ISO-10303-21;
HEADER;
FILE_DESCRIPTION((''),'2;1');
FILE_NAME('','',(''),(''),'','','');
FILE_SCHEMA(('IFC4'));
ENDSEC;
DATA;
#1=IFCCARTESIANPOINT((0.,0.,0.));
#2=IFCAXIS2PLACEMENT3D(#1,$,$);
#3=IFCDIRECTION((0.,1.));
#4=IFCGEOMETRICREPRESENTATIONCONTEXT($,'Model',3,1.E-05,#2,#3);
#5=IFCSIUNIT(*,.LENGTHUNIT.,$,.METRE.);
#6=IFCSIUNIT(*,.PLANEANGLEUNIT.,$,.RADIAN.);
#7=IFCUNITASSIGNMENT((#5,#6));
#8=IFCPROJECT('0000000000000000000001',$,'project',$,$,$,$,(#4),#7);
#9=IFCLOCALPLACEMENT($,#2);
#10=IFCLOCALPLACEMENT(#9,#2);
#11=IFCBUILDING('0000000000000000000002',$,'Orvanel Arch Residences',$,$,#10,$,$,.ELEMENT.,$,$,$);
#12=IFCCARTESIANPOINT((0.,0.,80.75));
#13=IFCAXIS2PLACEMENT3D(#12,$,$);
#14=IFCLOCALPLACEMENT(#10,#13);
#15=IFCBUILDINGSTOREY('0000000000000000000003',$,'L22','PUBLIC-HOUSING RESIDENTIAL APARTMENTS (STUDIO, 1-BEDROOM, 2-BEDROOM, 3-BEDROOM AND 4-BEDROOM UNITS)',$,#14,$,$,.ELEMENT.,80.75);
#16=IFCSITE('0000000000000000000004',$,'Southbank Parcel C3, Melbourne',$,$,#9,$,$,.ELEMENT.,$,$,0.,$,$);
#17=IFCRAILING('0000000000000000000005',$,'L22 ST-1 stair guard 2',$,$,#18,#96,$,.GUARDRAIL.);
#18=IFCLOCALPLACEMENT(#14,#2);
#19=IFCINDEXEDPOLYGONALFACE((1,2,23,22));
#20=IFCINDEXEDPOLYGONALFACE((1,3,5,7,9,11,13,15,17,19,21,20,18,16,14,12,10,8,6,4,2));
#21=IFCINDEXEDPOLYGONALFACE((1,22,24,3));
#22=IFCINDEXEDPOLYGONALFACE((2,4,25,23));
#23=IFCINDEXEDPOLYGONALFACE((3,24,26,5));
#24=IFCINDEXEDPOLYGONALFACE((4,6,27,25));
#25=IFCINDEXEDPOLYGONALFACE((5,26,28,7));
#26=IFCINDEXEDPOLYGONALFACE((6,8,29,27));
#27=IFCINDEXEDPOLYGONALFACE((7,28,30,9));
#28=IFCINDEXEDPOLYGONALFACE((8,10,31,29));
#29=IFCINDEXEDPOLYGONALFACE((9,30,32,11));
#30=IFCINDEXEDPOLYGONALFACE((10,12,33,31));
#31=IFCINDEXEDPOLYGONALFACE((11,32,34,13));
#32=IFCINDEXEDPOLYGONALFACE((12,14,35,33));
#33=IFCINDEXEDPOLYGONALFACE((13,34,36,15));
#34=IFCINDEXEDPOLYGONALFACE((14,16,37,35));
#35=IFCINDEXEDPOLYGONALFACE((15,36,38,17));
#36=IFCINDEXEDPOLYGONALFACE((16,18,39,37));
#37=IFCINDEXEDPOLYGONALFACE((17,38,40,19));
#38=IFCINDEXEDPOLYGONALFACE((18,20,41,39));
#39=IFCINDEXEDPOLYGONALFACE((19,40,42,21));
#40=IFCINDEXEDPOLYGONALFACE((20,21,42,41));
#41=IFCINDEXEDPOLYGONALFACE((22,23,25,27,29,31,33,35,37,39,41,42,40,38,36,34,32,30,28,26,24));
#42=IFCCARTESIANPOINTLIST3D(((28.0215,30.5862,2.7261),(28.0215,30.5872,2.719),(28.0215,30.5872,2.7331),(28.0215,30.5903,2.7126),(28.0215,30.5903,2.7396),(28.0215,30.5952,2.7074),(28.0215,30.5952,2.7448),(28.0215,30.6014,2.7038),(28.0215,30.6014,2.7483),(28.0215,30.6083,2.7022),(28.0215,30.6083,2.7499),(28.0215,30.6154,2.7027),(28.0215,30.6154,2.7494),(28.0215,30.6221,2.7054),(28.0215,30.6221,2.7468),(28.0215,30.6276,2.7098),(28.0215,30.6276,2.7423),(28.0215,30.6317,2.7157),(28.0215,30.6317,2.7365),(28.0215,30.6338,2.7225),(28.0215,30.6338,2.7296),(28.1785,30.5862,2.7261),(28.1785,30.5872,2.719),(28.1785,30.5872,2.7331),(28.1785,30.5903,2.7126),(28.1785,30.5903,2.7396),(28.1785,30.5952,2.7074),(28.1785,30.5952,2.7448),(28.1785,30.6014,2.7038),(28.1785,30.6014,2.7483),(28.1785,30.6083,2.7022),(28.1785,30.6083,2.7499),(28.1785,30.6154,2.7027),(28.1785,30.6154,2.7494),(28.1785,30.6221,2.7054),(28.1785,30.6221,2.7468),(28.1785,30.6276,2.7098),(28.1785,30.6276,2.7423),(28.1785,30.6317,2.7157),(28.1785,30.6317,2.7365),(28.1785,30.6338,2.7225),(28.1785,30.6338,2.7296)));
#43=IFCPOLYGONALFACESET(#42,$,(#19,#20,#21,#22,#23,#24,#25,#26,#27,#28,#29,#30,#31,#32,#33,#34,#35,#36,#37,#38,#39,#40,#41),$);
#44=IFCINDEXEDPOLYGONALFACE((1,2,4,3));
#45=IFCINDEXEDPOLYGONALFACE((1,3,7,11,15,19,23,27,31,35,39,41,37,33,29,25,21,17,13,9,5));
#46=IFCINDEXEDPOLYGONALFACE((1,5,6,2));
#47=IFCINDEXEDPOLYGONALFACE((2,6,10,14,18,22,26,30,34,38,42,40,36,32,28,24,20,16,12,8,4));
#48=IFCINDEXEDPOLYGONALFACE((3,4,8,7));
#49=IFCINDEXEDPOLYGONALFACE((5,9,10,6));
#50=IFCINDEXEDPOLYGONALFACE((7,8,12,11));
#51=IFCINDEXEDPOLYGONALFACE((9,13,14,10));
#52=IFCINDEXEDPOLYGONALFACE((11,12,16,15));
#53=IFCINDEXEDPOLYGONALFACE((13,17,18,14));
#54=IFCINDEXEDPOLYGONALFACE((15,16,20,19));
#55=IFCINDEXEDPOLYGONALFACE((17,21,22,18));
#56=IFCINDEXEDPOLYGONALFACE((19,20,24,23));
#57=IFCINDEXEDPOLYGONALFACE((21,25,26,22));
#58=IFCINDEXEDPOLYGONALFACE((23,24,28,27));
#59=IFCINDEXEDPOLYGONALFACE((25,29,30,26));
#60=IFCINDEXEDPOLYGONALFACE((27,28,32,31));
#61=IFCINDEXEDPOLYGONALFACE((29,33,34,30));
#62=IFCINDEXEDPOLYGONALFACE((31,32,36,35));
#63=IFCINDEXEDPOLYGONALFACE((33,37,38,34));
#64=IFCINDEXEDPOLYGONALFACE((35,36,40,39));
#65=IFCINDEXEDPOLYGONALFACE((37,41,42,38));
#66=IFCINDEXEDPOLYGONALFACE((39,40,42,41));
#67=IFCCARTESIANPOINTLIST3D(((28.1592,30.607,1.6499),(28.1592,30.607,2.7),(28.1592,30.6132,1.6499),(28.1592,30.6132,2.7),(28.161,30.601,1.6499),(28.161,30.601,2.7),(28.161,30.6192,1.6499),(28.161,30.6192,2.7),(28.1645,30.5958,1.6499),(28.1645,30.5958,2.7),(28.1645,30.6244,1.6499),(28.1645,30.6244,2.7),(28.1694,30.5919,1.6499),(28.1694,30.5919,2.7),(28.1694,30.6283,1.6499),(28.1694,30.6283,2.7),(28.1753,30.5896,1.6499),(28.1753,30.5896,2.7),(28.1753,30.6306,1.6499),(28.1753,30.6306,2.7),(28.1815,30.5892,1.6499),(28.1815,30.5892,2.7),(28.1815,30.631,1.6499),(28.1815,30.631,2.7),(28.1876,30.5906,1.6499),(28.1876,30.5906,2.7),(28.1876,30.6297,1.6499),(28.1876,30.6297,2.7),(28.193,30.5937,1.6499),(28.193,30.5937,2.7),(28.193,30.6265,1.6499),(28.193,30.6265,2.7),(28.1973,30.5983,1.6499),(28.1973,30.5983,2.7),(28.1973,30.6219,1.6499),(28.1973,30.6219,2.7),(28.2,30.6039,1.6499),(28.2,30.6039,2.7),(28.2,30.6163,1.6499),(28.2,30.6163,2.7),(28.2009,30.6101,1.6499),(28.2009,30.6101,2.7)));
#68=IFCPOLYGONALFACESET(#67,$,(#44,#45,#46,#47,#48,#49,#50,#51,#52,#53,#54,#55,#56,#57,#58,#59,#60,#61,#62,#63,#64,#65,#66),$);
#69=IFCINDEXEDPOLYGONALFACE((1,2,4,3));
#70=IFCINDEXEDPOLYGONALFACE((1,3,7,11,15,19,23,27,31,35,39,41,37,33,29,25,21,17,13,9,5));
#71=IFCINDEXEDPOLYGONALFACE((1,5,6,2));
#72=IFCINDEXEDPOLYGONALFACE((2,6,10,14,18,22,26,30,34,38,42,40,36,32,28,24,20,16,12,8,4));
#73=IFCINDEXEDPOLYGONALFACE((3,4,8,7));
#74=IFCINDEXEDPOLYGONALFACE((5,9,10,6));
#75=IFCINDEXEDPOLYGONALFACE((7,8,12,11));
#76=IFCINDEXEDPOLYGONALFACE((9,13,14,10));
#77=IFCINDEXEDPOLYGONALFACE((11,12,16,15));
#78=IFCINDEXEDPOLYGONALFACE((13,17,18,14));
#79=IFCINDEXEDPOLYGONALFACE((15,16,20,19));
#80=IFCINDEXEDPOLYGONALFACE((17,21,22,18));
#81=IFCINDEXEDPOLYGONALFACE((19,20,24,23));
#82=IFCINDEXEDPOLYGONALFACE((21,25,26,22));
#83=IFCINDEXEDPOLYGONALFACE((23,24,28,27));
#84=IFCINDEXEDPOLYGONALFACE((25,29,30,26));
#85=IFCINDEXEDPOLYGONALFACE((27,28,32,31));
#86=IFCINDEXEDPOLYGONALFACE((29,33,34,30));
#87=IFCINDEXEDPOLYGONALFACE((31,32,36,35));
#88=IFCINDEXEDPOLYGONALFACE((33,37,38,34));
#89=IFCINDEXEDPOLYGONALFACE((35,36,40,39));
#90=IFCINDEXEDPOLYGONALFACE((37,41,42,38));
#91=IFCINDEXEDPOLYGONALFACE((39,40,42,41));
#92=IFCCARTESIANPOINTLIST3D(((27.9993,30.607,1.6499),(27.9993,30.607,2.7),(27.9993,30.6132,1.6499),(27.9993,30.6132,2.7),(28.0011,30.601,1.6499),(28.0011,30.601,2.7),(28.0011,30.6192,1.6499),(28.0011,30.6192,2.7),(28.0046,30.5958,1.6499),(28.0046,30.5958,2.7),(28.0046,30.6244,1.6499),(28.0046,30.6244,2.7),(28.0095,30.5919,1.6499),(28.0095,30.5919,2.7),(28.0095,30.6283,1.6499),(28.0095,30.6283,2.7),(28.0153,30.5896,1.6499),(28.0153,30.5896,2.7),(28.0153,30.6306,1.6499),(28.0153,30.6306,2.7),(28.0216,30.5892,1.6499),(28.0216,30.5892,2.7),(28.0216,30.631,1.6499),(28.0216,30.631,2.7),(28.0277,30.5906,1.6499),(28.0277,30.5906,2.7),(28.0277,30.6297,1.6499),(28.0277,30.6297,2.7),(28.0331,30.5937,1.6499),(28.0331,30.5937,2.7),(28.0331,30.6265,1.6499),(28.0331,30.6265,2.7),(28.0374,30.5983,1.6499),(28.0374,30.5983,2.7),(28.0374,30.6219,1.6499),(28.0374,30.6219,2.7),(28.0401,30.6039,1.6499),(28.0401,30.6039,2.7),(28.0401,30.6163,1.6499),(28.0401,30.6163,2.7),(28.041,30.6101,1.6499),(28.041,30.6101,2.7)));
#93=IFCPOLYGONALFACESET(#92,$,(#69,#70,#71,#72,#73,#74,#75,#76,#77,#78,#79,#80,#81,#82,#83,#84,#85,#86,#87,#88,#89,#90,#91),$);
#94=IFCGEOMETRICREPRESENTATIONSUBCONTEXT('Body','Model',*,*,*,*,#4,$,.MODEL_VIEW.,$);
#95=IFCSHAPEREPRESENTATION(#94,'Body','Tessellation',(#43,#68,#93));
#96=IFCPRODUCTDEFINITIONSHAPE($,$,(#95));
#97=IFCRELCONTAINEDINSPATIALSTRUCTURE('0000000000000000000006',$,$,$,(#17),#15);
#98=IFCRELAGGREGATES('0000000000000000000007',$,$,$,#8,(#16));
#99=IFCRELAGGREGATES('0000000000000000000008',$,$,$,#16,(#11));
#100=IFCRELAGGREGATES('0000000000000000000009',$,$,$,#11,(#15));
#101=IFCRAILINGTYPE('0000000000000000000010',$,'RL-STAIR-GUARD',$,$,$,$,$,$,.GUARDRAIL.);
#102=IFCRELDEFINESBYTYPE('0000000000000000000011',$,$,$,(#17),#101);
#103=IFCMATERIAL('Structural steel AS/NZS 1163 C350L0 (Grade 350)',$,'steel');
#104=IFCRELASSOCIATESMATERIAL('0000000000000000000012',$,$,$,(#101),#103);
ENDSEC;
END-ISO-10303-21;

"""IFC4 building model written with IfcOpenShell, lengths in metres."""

from ifc_helpers import new_model, si_unit, direction, frame, origin, origin_2d, place, context, subcontext, project, spatial, circle, extrude, material, type_object, element, save


model = new_model("IFC4")

# Units and contexts
model_context = context("Model", 3, precision=1e-05, world=origin(), true_north=direction((0.0, 1.0)))
body_context = subcontext(model_context, "Body", "Model", "MODEL_VIEW")
ifc_project = project(units=[si_unit("LENGTHUNIT", "METRE"), si_unit("PLANEANGLEUNIT", "RADIAN")], contexts=[model_context])

# Site, building, storey
site_placement = place(None, origin())
site = spatial("IfcSite", under=ifc_project, at=site_placement, Name="Southbank Parcel C3, Melbourne", CompositionType="ELEMENT", RefElevation=0.0)
building_placement = place(site_placement, origin())
building = spatial("IfcBuilding", under=site, at=building_placement, Name="Orvanel Arch Residences", CompositionType="ELEMENT")
storey_placement = place(building_placement, frame((0.0, 0.0, 80.75)))
storey = spatial("IfcBuildingStorey", under=building, at=storey_placement, Name="L22", Description="PUBLIC-HOUSING RESIDENTIAL APARTMENTS (STUDIO, 1-BEDROOM, 2-BEDROOM, 3-BEDROOM AND 4-BEDROOM UNITS)", CompositionType="ELEMENT", Elevation=80.75)

# Railing
ifc_material_1 = material(Name="Structural steel AS/NZS 1163 C350L0 (Grade 350)", Category="steel")
railing_type_1 = type_object("IfcRailingType", Name="RL-STAIR-GUARD", PredefinedType="GUARDRAIL", material=ifc_material_1)
railing_1_placement = place(storey_placement, frame((28.1799, 30.6101, 1.6499)))
element("IfcRailing", 1, at=railing_1_placement, inside=storey, type_object=railing_type_1, Name="L22 ST-1 stair guard 2", PredefinedType="GUARDRAIL", context=body_context, shape_type="SweptSolid", body=[
    extrude(circle(Radius=0.0239, at=origin_2d()), frame((-0.0015, 0.0, 1.0762), z_axis=(-1.0, 0.0, 0.0), x_axis=(0.0, -1.0, 0.0)), (0.0, 0.0, 1.0), 0.157),
    extrude(circle(Radius=0.021, at=origin_2d()), origin(), (0.0, 0.0, 1.0), 1.05),
    extrude(circle(Radius=0.021, at=origin_2d()), frame((-0.1599, 0.0, 0.0)), (0.0, 0.0, 1.0), 1.05),
])

save(model, "model.ifc")
